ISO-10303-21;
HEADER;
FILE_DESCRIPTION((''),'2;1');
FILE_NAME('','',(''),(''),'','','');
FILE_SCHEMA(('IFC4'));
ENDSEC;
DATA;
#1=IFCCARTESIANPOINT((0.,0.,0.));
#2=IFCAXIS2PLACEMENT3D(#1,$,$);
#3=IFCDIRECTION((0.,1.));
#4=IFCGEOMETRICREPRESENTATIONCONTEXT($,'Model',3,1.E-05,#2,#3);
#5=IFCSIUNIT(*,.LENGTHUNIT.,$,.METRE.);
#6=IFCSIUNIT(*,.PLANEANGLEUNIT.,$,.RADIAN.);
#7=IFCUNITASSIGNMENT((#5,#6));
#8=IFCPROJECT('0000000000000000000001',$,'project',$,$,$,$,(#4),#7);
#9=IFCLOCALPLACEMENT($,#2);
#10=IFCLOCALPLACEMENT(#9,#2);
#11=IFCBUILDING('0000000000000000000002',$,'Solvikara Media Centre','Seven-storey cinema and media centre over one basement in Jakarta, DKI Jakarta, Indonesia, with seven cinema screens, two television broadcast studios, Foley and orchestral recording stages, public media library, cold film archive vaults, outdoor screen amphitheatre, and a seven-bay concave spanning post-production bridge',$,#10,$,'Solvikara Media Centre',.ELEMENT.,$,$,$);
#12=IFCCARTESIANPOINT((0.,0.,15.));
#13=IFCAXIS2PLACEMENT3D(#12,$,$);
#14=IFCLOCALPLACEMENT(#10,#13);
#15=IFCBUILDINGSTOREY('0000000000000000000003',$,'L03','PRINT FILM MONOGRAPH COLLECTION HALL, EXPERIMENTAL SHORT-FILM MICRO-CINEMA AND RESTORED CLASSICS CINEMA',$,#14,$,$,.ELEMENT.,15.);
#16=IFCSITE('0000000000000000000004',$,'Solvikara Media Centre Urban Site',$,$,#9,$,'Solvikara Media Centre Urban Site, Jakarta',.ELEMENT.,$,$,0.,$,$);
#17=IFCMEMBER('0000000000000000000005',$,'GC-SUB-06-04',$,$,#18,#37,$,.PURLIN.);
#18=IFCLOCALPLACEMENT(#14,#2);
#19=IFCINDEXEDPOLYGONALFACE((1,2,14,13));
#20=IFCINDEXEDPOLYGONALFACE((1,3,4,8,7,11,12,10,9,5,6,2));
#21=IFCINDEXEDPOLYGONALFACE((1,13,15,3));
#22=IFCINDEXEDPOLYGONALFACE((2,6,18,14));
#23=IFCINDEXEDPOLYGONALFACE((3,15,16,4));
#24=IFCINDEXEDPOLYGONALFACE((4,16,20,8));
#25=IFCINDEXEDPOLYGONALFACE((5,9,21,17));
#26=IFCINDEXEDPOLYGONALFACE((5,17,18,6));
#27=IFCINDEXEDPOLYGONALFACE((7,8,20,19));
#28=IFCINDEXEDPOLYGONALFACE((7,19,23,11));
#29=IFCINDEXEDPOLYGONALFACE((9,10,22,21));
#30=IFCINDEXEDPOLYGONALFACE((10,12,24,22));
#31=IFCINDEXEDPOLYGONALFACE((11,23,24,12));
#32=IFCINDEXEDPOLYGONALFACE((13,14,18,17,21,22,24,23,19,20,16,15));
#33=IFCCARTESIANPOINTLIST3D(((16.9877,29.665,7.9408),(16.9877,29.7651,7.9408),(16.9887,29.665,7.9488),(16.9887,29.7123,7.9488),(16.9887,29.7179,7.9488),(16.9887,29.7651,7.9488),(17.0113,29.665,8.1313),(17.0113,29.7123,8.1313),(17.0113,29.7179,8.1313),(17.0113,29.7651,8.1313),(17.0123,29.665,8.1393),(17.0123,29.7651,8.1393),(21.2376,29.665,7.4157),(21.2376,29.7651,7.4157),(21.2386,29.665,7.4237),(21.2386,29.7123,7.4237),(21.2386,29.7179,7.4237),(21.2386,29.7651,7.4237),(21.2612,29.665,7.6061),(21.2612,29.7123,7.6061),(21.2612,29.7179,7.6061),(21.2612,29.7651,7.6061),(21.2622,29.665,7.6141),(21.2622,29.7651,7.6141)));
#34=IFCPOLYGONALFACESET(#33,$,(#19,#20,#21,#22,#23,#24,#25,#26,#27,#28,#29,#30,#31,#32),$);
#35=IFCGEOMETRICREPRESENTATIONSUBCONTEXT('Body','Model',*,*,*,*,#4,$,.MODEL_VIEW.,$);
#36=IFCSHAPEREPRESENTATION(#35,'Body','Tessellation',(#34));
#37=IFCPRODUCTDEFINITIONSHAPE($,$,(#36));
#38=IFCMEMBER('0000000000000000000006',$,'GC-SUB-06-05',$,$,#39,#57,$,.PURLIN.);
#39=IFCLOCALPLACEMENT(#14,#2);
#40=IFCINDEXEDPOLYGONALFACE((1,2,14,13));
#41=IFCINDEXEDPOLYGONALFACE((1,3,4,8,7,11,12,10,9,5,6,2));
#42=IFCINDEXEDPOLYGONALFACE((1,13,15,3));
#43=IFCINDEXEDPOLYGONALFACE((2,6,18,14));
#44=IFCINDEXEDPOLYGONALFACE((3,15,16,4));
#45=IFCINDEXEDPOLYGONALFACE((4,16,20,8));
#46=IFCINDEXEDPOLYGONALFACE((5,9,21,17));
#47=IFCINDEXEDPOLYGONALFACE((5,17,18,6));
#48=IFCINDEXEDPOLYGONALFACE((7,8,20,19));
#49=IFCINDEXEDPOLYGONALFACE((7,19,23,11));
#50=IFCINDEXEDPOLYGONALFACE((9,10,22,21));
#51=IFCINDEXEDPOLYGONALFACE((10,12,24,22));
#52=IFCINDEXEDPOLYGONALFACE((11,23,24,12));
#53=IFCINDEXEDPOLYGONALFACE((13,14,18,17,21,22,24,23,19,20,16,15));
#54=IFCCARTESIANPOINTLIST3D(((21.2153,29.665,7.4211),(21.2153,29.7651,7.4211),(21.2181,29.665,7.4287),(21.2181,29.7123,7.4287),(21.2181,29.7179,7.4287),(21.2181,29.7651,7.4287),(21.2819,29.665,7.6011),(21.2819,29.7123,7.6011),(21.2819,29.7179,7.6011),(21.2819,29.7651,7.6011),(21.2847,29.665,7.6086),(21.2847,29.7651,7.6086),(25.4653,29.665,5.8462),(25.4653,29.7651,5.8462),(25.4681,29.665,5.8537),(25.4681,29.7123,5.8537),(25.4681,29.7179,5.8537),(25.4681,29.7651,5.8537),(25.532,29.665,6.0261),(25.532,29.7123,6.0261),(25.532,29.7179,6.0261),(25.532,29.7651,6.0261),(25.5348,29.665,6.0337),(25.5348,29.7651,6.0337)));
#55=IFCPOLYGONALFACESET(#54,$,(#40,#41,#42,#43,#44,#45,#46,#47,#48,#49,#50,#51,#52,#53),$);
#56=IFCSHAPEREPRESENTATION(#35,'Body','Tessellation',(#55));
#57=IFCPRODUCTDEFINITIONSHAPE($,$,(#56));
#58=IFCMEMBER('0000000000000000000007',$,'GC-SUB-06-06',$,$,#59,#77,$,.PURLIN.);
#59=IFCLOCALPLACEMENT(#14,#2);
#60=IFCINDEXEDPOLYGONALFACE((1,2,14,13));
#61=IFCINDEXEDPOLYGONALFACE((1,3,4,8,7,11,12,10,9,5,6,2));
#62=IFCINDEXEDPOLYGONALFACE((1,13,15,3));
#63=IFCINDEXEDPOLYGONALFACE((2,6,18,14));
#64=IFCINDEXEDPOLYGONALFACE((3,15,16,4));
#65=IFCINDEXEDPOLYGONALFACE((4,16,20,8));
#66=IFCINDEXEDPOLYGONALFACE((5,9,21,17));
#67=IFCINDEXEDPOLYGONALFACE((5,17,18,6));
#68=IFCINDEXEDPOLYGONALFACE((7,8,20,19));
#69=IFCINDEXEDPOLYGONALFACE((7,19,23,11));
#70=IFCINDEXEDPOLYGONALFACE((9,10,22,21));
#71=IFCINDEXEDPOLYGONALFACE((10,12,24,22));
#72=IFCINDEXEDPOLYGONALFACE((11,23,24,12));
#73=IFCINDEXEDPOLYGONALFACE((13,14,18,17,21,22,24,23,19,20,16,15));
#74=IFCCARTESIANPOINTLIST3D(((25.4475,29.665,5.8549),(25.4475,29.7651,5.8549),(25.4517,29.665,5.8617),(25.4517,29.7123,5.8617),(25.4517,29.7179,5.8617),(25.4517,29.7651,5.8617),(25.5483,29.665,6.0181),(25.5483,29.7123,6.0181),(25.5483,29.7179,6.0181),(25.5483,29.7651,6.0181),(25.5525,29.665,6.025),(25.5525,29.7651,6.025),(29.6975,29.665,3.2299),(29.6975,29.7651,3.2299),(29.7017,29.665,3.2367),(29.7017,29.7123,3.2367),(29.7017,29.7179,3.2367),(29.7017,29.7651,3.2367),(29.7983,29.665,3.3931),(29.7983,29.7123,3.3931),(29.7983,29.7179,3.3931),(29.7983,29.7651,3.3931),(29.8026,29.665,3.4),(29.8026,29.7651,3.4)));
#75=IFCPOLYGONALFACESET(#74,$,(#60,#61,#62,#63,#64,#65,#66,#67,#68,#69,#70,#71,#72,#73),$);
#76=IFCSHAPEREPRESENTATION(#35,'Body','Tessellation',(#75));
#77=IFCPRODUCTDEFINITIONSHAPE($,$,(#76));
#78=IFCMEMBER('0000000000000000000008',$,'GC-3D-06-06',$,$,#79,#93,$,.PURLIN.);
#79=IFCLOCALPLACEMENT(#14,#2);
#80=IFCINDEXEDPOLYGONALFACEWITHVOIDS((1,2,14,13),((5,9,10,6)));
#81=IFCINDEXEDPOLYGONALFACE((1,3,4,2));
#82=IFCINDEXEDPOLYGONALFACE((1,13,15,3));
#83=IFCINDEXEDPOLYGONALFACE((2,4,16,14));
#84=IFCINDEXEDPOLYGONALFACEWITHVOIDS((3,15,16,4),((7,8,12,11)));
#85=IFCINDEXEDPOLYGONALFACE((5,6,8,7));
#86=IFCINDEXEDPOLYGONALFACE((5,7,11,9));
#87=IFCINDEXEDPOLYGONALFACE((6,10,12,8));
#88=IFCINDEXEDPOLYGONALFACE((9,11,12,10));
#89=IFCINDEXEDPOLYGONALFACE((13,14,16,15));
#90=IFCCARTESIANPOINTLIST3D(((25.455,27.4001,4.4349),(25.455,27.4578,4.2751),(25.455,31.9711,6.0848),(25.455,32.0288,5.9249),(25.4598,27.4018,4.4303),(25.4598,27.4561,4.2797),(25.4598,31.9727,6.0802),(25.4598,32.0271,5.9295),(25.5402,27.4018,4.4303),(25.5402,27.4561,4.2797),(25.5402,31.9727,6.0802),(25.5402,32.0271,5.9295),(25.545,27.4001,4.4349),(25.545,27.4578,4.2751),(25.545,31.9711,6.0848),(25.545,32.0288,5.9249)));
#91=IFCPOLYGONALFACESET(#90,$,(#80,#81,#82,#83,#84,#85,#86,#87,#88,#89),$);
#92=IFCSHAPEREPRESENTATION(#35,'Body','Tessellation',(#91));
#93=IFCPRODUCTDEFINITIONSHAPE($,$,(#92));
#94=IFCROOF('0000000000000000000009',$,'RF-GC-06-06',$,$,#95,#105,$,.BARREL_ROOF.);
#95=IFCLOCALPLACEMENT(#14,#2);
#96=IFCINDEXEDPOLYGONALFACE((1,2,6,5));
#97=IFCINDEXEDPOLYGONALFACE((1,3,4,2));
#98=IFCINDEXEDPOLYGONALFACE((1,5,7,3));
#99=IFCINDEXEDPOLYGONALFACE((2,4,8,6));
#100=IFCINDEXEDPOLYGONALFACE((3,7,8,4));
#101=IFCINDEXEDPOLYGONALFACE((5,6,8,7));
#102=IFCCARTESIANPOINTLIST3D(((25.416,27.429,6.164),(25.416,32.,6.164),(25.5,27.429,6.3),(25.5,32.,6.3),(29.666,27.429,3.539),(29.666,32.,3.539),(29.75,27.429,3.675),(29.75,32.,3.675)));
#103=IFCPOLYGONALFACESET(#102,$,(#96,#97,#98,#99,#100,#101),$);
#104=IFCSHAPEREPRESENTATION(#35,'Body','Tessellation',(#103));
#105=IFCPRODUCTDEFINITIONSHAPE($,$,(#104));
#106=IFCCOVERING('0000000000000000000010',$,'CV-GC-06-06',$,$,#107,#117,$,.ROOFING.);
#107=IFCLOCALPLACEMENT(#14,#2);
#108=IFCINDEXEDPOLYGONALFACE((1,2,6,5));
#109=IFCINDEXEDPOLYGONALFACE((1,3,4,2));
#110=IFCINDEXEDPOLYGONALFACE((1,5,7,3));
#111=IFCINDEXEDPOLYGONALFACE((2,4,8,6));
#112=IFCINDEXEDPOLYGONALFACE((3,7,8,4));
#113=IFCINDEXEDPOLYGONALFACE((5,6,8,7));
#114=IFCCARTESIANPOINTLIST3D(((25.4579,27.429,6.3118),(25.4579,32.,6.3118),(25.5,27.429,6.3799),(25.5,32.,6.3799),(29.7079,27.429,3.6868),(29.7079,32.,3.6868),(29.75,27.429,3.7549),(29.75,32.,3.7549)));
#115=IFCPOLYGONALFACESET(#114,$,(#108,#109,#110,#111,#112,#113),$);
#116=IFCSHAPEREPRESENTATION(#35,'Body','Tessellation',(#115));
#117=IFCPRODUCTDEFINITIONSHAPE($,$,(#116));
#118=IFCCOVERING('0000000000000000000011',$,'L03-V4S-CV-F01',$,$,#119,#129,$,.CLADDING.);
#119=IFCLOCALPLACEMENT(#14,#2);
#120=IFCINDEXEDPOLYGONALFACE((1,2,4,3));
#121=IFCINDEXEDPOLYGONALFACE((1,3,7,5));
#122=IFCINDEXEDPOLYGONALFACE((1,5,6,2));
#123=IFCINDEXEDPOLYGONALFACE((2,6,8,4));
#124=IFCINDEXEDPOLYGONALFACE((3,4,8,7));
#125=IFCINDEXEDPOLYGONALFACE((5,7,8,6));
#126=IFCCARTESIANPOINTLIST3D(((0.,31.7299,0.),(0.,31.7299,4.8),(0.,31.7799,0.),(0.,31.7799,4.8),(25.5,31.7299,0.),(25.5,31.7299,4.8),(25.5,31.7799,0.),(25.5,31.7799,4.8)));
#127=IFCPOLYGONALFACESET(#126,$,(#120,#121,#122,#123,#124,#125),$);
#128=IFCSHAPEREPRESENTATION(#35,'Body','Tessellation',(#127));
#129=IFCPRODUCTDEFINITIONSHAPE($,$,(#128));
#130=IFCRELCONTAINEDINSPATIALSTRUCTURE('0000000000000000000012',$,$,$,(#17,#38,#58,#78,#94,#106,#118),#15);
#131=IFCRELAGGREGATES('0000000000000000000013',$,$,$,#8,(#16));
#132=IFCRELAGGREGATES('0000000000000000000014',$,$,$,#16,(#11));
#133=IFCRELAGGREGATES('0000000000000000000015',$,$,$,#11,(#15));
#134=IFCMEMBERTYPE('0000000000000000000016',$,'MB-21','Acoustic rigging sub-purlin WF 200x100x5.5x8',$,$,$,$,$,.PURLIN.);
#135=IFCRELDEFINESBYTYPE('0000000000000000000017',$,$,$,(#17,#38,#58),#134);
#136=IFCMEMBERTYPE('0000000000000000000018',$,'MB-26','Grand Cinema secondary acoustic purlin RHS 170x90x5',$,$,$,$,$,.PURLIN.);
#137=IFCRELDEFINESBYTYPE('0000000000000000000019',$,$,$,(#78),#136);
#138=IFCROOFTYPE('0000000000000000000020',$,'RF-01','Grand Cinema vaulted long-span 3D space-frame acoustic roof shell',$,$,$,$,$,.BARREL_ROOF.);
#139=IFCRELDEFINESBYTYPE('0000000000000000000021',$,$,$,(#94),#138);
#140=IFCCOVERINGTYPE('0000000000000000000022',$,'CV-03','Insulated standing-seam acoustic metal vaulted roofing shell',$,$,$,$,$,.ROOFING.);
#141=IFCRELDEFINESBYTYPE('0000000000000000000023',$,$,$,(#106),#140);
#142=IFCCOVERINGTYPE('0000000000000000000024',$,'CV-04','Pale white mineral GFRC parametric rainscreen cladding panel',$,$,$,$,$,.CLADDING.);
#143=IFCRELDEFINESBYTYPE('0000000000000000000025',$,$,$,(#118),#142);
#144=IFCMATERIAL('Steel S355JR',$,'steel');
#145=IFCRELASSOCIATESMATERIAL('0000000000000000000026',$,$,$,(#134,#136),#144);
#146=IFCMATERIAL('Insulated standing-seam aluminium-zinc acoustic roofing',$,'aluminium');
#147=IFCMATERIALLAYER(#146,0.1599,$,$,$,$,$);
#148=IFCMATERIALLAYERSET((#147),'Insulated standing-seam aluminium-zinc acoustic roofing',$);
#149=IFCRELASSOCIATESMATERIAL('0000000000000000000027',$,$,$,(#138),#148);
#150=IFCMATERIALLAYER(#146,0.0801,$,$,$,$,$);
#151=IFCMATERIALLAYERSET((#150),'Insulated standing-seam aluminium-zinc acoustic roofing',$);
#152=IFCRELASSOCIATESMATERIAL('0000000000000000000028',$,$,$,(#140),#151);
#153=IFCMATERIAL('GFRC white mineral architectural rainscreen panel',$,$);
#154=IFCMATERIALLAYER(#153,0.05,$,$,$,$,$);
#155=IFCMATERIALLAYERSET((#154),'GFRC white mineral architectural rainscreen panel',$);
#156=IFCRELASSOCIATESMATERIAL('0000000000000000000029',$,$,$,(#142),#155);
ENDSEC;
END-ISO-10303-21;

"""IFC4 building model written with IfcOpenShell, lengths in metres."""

from ifc_helpers import new_model, si_unit, direction, frame, origin, origin_2d, place, context, subcontext, project, spatial, polyline, rectangle, hollow_rectangle, i_section, outline, extrude, material, layer, layer_set, material_profile, profile_set, type_object, element, save


model = new_model("IFC4")

# Units and contexts
model_context = context("Model", 3, precision=1e-05, world=origin(), true_north=direction((0.0, 1.0)))
body_context = subcontext(model_context, "Body", "Model", "MODEL_VIEW")
ifc_project = project(units=[si_unit("LENGTHUNIT", "METRE"), si_unit("PLANEANGLEUNIT", "RADIAN")], contexts=[model_context])

# Site, building, storey
site_placement = place(None, origin())
site = spatial("IfcSite", under=ifc_project, at=site_placement, Name="Solvikara Media Centre Urban Site", LongName="Solvikara Media Centre Urban Site, Jakarta", CompositionType="ELEMENT", RefElevation=0.0)
building_placement = place(site_placement, origin())
building = spatial("IfcBuilding", under=site, at=building_placement, Name="Solvikara Media Centre", Description="Seven-storey cinema and media centre over one basement in Jakarta, DKI Jakarta, Indonesia, with seven cinema screens, two television broadcast studios, Foley and orchestral recording stages, public media library, cold film archive vaults, outdoor screen amphitheatre, and a seven-bay concave spanning post-production bridge", LongName="Solvikara Media Centre", CompositionType="ELEMENT")
storey_placement = place(building_placement, frame((0.0, 0.0, 15.0)))
storey = spatial("IfcBuildingStorey", under=building, at=storey_placement, Name="L03", Description="PRINT FILM MONOGRAPH COLLECTION HALL, EXPERIMENTAL SHORT-FILM MICRO-CINEMA AND RESTORED CLASSICS CINEMA", CompositionType="ELEMENT", Elevation=15.0)

# Shared definitions
ifc_material_1 = material(Name="Steel S355JR", Category="steel")

# Members
ifc_material_profile_1 = material_profile(ifc_material_1, i_section(OverallWidth=0.1001, OverallDepth=0.2, WebThickness=0.0056, FlangeThickness=0.0081, at=origin_2d()), Name="WF 200x100x5.5x8")
ifc_profile_set_1 = profile_set([ifc_material_profile_1], Name="Steel S355JR")
member_type_1 = type_object("IfcMemberType", Name="MB-21", Description="Acoustic rigging sub-purlin WF 200x100x5.5x8", PredefinedType="PURLIN", material=ifc_profile_set_1)
for number, where, z_axis, x_axis, name in (
    (1, (17.0, 29.7151, 8.04), (0.992452, 0.0, -0.122631), (0.0, 1.0, 0.0), "GC-SUB-06-04"),
):
    element("IfcMember", number, at=place(storey_placement, frame(where, z_axis=z_axis, x_axis=x_axis)), inside=storey, type_object=member_type_1, Name=name, PredefinedType="PURLIN", context=body_context, shape_type="SweptSolid", body=[
        extrude(i_section(OverallWidth=0.1001, OverallDepth=0.2, WebThickness=0.0056, FlangeThickness=0.0081, at=origin_2d()), origin(), (0.0, 0.0, 1.0), 4.2822),
    ])
member_1_placement = place(storey_placement, frame((21.25, 29.7151, 7.5149), z_axis=(0.937686, 0.0, -0.347485), x_axis=(0.0, 1.0, 0.0)))
element("IfcMember", 2, at=member_1_placement, inside=storey, type_object=member_type_1, Name="GC-SUB-06-05", PredefinedType="PURLIN", context=body_context, shape_type="SweptSolid", body=[
    extrude(i_section(OverallWidth=0.1001, OverallDepth=0.2, WebThickness=0.0056, FlangeThickness=0.0081, at=origin_2d()), origin(), (0.0, 0.0, 1.0), 4.5325),
])
member_2_placement = place(storey_placement, frame((25.5, 29.7151, 5.9399), z_axis=(0.850798, 0.0, -0.525493), x_axis=(0.0, 1.0, 0.0)))
element("IfcMember", 3, at=member_2_placement, inside=storey, type_object=member_type_1, Name="GC-SUB-06-06", PredefinedType="PURLIN", context=body_context, shape_type="SweptSolid", body=[
    extrude(i_section(OverallWidth=0.1001, OverallDepth=0.2, WebThickness=0.0056, FlangeThickness=0.0081, at=origin_2d()), origin(), (0.0, 0.0, 1.0), 4.9954),
])
ifc_material_profile_2 = material_profile(ifc_material_1, hollow_rectangle(XDim=0.0901, YDim=0.1699, WallThickness=0.0049, at=origin_2d()), Name="RHS 170x90x5")
ifc_profile_set_2 = profile_set([ifc_material_profile_2], Name="Steel S355JR")
member_type_2 = type_object("IfcMemberType", Name="MB-26", Description="Grand Cinema secondary acoustic purlin RHS 170x90x5", PredefinedType="PURLIN", material=ifc_profile_set_2)
member_3_placement = place(storey_placement, frame((25.5, 27.429, 4.355), z_axis=(0.0, 0.940603, 0.339507), x_axis=(-1.0, 0.0, 0.0)))
element("IfcMember", 4, at=member_3_placement, inside=storey, type_object=member_type_2, Name="GC-3D-06-06", PredefinedType="PURLIN", context=body_context, shape_type="SweptSolid", body=[
    extrude(hollow_rectangle(XDim=0.0901, YDim=0.1699, WallThickness=0.0049, at=origin_2d()), origin(), (0.0, 0.0, 1.0), 4.8596),
])

# Roof
ifc_material_2 = material(Name="Insulated standing-seam aluminium-zinc acoustic roofing", Category="aluminium")
ifc_layer_1 = layer(ifc_material_2, 0.1599)
ifc_layer_set_1 = layer_set([ifc_layer_1], Name="Insulated standing-seam aluminium-zinc acoustic roofing")
roof_type = type_object("IfcRoofType", Name="RF-01", Description="Grand Cinema vaulted long-span 3D space-frame acoustic roof shell", PredefinedType="BARREL_ROOF", material=ifc_layer_set_1)
roof_placement = place(storey_placement, frame((25.5, 27.429, 6.3), z_axis=(0.525493, 0.0, 0.850798), x_axis=(0.850798, 0.0, -0.525493)))
element("IfcRoof", 5, at=roof_placement, inside=storey, type_object=roof_type, Name="RF-GC-06-06", PredefinedType="BARREL_ROOF", context=body_context, shape_type="SweptSolid", body=[
    extrude(outline(polyline([(0.0, 0.0), (4.9953, 0.0), (4.9953, 4.571), (0.0, 4.571), (0.0, 0.0)])), origin(), (0.0, 0.0, -1.0), 0.1599),
])

# Coverings
ifc_layer_2 = layer(ifc_material_2, 0.0801)
ifc_layer_set_2 = layer_set([ifc_layer_2], Name="Insulated standing-seam aluminium-zinc acoustic roofing")
covering_type_1 = type_object("IfcCoveringType", Name="CV-03", Description="Insulated standing-seam acoustic metal vaulted roofing shell", PredefinedType="ROOFING", material=ifc_layer_set_2)
covering_1_placement = place(storey_placement, frame((25.5, 27.429, 6.3799), z_axis=(0.525493, 0.0, 0.850798), x_axis=(0.850798, 0.0, -0.525493)))
element("IfcCovering", 6, at=covering_1_placement, inside=storey, type_object=covering_type_1, Name="CV-GC-06-06", PredefinedType="ROOFING", context=body_context, shape_type="SweptSolid", body=[
    extrude(outline(polyline([(0.0, 0.0), (4.9953, 0.0), (4.9953, 4.571), (0.0, 4.571), (0.0, 0.0)])), origin(), (0.0, 0.0, -1.0), 0.0801),
])
ifc_material_3 = material(Name="GFRC white mineral architectural rainscreen panel")
ifc_layer_3 = layer(ifc_material_3, 0.05)
ifc_layer_set_3 = layer_set([ifc_layer_3], Name="GFRC white mineral architectural rainscreen panel")
covering_type_2 = type_object("IfcCoveringType", Name="CV-04", Description="Pale white mineral GFRC parametric rainscreen cladding panel", PredefinedType="CLADDING", material=ifc_layer_set_3)
covering_2_placement = place(storey_placement, frame((12.75, 31.7549, 0.0), z_axis=(0.0, 0.0, 1.0), x_axis=(1.0, 0.0, 0.0)))
element("IfcCovering", 7, at=covering_2_placement, inside=storey, type_object=covering_type_2, Name="L03-V4S-CV-F01", PredefinedType="CLADDING", context=body_context, shape_type="SweptSolid", body=[
    extrude(rectangle(XDim=25.5, YDim=0.05, at=origin_2d()), origin(), (0.0, 0.0, 1.0), 4.8),
])

save(model, "model.ifc")
